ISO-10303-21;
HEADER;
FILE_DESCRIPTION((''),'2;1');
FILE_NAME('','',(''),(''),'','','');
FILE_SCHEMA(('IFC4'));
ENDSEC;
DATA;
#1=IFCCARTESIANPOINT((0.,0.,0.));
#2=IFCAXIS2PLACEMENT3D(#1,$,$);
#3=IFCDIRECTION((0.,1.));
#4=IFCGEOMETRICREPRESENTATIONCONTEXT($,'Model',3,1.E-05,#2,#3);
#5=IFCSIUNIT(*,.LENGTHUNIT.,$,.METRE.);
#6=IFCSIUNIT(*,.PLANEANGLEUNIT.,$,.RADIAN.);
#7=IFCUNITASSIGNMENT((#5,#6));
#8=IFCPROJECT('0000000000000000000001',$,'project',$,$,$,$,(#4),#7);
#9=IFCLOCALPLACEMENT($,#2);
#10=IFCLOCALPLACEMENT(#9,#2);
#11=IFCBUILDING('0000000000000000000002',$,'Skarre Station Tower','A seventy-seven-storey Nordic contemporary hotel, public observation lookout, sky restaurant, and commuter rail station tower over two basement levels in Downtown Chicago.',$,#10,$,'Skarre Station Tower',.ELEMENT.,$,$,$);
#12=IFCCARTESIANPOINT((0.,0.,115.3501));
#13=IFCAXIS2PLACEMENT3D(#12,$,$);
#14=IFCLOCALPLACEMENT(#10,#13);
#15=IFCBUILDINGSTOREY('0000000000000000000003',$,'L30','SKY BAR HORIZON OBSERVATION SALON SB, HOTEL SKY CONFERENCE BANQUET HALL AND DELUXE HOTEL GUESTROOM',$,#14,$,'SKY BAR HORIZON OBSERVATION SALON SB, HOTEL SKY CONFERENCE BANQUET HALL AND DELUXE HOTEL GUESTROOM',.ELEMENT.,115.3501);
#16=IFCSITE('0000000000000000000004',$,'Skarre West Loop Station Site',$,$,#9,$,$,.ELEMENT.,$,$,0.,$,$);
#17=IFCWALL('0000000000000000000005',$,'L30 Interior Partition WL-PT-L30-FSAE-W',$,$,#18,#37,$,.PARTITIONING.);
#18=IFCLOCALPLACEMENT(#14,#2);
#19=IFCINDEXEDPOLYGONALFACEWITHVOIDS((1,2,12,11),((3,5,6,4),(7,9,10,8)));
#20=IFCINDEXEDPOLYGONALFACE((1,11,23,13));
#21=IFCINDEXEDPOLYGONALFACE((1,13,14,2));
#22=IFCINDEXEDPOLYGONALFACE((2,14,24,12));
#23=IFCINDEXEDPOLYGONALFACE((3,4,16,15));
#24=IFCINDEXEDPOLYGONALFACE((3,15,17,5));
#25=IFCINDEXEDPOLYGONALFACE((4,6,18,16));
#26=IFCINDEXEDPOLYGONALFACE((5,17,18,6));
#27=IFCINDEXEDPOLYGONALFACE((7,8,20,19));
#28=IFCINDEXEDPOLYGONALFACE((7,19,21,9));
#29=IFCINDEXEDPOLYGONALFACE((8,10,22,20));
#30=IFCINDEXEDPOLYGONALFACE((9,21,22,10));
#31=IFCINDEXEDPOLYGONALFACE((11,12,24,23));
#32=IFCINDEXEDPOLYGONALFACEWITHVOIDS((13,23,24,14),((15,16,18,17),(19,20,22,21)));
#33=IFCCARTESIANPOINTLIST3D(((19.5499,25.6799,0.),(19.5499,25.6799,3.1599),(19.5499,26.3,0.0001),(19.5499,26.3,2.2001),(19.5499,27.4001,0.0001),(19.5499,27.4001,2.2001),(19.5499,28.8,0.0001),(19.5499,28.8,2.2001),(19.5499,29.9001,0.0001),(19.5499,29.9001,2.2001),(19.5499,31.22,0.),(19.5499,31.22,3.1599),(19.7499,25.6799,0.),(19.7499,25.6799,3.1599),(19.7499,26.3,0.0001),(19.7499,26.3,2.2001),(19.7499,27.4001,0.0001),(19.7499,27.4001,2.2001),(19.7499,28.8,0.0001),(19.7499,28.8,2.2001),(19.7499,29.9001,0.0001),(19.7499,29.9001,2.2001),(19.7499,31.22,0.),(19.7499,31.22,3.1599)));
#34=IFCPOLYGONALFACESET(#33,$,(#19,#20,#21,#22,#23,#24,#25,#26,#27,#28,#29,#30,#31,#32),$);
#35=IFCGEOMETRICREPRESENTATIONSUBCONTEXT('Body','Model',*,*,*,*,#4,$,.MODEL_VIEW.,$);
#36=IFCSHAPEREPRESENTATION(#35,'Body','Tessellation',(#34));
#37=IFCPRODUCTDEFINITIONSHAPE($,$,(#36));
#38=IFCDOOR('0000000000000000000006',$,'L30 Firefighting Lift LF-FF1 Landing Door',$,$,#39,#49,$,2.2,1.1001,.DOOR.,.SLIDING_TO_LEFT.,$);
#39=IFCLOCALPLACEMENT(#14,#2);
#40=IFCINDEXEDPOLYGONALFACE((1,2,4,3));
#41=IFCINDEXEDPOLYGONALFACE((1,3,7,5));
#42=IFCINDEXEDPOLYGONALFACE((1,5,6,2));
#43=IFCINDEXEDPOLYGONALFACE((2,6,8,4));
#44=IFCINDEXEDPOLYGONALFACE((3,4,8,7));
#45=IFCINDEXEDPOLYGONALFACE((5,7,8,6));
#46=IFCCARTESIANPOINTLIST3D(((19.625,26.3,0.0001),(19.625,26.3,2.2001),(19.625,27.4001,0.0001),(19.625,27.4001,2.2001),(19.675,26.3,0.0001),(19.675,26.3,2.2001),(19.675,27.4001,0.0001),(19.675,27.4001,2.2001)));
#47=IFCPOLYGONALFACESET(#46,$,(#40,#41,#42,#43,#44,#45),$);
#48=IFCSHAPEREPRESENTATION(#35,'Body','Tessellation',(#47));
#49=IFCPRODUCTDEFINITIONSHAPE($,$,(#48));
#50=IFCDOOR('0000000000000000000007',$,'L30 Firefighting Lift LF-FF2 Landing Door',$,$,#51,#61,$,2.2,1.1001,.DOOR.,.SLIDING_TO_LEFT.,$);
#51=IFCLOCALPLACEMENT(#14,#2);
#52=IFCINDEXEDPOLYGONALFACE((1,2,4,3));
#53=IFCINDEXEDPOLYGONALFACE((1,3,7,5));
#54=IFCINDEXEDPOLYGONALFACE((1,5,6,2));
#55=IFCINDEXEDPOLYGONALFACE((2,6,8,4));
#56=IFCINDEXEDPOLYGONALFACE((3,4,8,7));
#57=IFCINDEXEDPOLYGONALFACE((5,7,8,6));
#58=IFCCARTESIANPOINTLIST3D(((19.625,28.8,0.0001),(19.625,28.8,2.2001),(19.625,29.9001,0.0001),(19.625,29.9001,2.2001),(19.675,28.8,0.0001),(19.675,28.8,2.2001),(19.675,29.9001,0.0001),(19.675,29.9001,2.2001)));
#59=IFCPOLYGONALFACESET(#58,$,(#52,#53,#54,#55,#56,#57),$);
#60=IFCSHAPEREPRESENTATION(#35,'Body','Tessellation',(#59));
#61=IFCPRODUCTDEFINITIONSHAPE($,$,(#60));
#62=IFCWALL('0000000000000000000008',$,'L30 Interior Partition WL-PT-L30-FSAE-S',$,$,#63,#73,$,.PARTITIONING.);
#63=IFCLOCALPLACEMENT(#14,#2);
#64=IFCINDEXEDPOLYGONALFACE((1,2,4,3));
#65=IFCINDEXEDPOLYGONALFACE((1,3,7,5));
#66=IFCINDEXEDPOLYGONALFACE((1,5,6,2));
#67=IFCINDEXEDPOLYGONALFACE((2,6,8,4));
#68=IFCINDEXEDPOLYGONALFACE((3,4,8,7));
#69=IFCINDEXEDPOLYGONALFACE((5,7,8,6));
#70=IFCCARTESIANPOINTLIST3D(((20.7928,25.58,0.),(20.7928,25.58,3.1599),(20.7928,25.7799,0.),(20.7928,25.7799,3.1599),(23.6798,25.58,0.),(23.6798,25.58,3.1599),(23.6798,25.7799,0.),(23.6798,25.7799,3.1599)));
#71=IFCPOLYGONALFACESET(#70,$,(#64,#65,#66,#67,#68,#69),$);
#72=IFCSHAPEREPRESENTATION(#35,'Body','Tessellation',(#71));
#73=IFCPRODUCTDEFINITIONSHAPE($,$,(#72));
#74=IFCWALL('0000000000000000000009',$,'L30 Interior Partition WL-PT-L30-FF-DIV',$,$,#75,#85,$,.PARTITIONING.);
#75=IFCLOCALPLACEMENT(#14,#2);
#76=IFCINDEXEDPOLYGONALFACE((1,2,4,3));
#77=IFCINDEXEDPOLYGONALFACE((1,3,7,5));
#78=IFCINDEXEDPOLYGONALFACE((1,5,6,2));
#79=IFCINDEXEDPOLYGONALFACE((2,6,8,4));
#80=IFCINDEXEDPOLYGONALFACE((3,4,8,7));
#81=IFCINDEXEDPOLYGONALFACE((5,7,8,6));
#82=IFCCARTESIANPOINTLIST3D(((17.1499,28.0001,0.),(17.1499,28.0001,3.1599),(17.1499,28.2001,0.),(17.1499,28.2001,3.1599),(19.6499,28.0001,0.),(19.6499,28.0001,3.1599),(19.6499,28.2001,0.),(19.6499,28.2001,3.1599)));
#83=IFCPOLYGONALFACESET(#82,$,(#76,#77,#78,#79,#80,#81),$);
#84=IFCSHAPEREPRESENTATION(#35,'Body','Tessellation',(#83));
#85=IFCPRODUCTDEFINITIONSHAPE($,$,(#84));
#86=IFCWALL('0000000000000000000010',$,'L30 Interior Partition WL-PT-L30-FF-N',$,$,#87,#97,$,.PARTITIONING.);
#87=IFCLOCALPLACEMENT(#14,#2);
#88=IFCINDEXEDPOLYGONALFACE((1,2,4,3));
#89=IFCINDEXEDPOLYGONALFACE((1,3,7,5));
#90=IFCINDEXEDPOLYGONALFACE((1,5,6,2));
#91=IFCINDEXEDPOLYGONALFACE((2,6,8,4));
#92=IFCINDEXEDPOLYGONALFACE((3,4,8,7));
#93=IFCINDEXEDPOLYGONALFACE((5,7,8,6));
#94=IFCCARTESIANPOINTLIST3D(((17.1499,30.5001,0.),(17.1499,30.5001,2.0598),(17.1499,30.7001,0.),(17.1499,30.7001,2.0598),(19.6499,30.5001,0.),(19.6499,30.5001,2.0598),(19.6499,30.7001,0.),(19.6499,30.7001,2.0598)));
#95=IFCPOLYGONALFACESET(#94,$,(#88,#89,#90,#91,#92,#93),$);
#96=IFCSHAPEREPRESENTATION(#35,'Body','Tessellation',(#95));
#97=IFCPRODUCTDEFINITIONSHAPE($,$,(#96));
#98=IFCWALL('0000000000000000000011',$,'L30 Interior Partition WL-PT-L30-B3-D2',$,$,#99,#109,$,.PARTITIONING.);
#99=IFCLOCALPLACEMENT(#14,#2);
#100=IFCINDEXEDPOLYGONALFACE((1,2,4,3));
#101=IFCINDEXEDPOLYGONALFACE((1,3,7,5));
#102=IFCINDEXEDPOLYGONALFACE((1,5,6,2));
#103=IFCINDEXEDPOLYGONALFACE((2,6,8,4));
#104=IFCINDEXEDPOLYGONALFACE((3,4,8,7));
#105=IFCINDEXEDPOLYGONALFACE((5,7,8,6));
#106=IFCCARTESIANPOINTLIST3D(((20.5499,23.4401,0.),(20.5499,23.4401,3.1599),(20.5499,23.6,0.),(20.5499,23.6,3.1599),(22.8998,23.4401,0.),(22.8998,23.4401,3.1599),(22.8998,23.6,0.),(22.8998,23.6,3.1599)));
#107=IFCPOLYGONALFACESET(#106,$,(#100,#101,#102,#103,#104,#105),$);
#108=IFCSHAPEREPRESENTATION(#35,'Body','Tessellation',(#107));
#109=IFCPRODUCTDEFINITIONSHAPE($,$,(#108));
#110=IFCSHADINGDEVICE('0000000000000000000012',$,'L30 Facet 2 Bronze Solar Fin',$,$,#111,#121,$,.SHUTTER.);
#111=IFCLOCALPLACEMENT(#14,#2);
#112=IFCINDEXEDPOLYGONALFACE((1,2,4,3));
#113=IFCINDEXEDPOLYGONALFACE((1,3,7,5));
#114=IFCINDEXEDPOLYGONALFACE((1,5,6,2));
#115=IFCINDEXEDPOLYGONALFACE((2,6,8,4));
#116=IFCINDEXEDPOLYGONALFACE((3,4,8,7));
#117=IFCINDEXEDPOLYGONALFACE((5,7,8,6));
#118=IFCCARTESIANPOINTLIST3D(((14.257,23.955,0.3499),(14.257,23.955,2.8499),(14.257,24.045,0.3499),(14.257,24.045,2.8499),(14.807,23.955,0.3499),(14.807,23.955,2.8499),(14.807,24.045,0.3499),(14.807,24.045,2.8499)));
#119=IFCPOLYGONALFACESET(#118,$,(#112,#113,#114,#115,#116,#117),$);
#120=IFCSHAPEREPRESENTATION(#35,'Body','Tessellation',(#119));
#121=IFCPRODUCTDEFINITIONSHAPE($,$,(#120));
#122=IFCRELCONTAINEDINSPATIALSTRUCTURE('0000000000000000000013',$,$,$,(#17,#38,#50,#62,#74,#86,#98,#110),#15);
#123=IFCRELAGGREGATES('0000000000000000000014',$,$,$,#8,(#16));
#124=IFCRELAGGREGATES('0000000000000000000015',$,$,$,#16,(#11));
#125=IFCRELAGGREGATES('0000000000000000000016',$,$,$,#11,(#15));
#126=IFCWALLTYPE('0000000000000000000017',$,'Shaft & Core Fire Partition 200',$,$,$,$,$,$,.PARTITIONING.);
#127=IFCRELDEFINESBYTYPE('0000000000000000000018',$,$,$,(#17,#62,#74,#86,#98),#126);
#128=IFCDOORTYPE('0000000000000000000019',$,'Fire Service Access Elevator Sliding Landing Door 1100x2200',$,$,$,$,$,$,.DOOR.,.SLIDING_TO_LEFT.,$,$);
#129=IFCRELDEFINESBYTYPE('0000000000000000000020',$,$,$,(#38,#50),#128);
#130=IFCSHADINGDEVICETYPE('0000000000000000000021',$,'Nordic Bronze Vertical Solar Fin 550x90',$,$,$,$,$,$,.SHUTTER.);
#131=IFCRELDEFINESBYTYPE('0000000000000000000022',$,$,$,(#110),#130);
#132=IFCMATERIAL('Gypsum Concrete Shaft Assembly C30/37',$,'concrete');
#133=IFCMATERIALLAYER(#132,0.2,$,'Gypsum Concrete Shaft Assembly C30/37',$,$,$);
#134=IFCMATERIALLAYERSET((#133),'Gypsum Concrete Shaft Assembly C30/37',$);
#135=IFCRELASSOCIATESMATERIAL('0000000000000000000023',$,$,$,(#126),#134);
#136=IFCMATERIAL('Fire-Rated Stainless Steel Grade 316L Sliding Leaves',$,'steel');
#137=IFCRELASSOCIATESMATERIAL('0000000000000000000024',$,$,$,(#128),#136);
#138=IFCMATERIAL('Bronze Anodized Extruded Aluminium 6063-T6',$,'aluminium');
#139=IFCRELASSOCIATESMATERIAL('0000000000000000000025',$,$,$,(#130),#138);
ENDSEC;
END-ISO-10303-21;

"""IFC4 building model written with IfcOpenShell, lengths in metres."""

from ifc_helpers import new_model, si_unit, direction, frame, frame_2d, origin, origin_2d, place, context, subcontext, project, spatial, rectangle, extrude, material, layer, layer_set, type_object, element, fill, save


model = new_model("IFC4")

# Units and contexts
model_context = context("Model", 3, precision=1e-05, world=origin(), true_north=direction((0.0, 1.0)))
body_context = subcontext(model_context, "Body", "Model", "MODEL_VIEW")
ifc_project = project(units=[si_unit("LENGTHUNIT", "METRE"), si_unit("PLANEANGLEUNIT", "RADIAN")], contexts=[model_context])

# Site, building, storey
site_placement = place(None, origin())
site = spatial("IfcSite", under=ifc_project, at=site_placement, Name="Skarre West Loop Station Site", CompositionType="ELEMENT", RefElevation=0.0)
building_placement = place(site_placement, origin())
building = spatial("IfcBuilding", under=site, at=building_placement, Name="Skarre Station Tower", Description="A seventy-seven-storey Nordic contemporary hotel, public observation lookout, sky restaurant, and commuter rail station tower over two basement levels in Downtown Chicago.", LongName="Skarre Station Tower", CompositionType="ELEMENT")
storey_placement = place(building_placement, frame((0.0, 0.0, 115.3501)))
storey = spatial("IfcBuildingStorey", under=building, at=storey_placement, Name="L30", Description="SKY BAR HORIZON OBSERVATION SALON SB, HOTEL SKY CONFERENCE BANQUET HALL AND DELUXE HOTEL GUESTROOM", LongName="SKY BAR HORIZON OBSERVATION SALON SB, HOTEL SKY CONFERENCE BANQUET HALL AND DELUXE HOTEL GUESTROOM", CompositionType="ELEMENT", Elevation=115.3501)

# Wall, openings, doors
ifc_material_1 = material(Name="Gypsum Concrete Shaft Assembly C30/37", Category="concrete")
ifc_layer_1 = layer(ifc_material_1, 0.2, Name="Gypsum Concrete Shaft Assembly C30/37")
ifc_layer_set_1 = layer_set([ifc_layer_1], Name="Gypsum Concrete Shaft Assembly C30/37")
wall_type_1 = type_object("IfcWallType", Name="Shaft & Core Fire Partition 200", PredefinedType="PARTITIONING", material=ifc_layer_set_1)
wall_1_placement = place(storey_placement, frame((19.6499, 25.6799, 0.0), z_axis=(0.0, 0.0, 1.0), x_axis=(0.0, 1.0, 0.0)))
wall_1 = element("IfcWall", 1, at=wall_1_placement, inside=storey, type_object=wall_type_1, Name="L30 Interior Partition WL-PT-L30-FSAE-W", PredefinedType="PARTITIONING", context=body_context, shape_type="SweptSolid", body=[
    extrude(rectangle(XDim=5.54, YDim=0.2, at=frame_2d((2.77, 0.0))), origin(), (0.0, 0.0, 1.0), 3.1599),
])
opening_1_placement = place(wall_1_placement, frame((0.6201, 0.0, 0.0)))
opening_1 = element("IfcOpeningElement", 2, at=opening_1_placement, cuts=wall_1, PredefinedType="OPENING", context=body_context, shape_type="SweptSolid", body=[
    extrude(rectangle(XDim=1.1001, YDim=2.2, at=frame_2d((0.55, 1.1001))), frame((0.0, 0.1099, 0.0), z_axis=(0.0, -1.0, 0.0), x_axis=(1.0, 0.0, 0.0)), (0.0, 0.0, 1.0), 0.22),
])
opening_2_placement = place(wall_1_placement, frame((3.1201, 0.0, 0.0)))
opening_2 = element("IfcOpeningElement", 3, at=opening_2_placement, cuts=wall_1, PredefinedType="OPENING", context=body_context, shape_type="SweptSolid", body=[
    extrude(rectangle(XDim=1.1001, YDim=2.2, at=frame_2d((0.55, 1.1001))), frame((0.0, 0.1099, 0.0), z_axis=(0.0, -1.0, 0.0), x_axis=(1.0, 0.0, 0.0)), (0.0, 0.0, 1.0), 0.22),
])
ifc_material_2 = material(Name="Fire-Rated Stainless Steel Grade 316L Sliding Leaves", Category="steel")
door_type = type_object("IfcDoorType", Name="Fire Service Access Elevator Sliding Landing Door 1100x2200", OperationType="SLIDING_TO_LEFT", PredefinedType="DOOR", material=ifc_material_2)
door_1_placement = place(opening_1_placement, origin())
door_1 = element("IfcDoor", 4, at=door_1_placement, inside=storey, type_object=door_type, Name="L30 Firefighting Lift LF-FF1 Landing Door", OperationType="SLIDING_TO_LEFT", OverallHeight=2.2, OverallWidth=1.1001, PredefinedType="DOOR", context=body_context, shape_type="SweptSolid", body=[
    extrude(rectangle(XDim=1.1001, YDim=2.2, at=frame_2d((0.55, 1.1001))), frame((0.0, 0.0249, 0.0), z_axis=(0.0, -1.0, 0.0), x_axis=(1.0, 0.0, 0.0)), (0.0, 0.0, 1.0), 0.05),
])
fill(opening_1, door_1)
door_2_placement = place(opening_2_placement, origin())
door_2 = element("IfcDoor", 5, at=door_2_placement, inside=storey, type_object=door_type, Name="L30 Firefighting Lift LF-FF2 Landing Door", OperationType="SLIDING_TO_LEFT", OverallHeight=2.2, OverallWidth=1.1001, PredefinedType="DOOR", context=body_context, shape_type="SweptSolid", body=[
    extrude(rectangle(XDim=1.1001, YDim=2.2, at=frame_2d((0.55, 1.1001))), frame((0.0, 0.0249, 0.0), z_axis=(0.0, -1.0, 0.0), x_axis=(1.0, 0.0, 0.0)), (0.0, 0.0, 1.0), 0.05),
])
fill(opening_2, door_2)

# Walls
wall_2_placement = place(storey_placement, frame((20.793, 25.6799, 0.0), z_axis=(0.0, 0.0, 1.0), x_axis=(1.0, 0.0, 0.0)))
element("IfcWall", 6, at=wall_2_placement, inside=storey, type_object=wall_type_1, Name="L30 Interior Partition WL-PT-L30-FSAE-S", PredefinedType="PARTITIONING", context=body_context, shape_type="SweptSolid", body=[
    extrude(rectangle(XDim=2.887, YDim=0.2, at=frame_2d((1.4434, 0.0))), origin(), (0.0, 0.0, 1.0), 3.1599),
])
wall_3_placement = place(storey_placement, frame((17.1499, 28.1001, 0.0), z_axis=(0.0, 0.0, 1.0), x_axis=(1.0, 0.0, 0.0)))
element("IfcWall", 7, at=wall_3_placement, inside=storey, type_object=wall_type_1, Name="L30 Interior Partition WL-PT-L30-FF-DIV", PredefinedType="PARTITIONING", context=body_context, shape_type="SweptSolid", body=[
    extrude(rectangle(XDim=2.5, YDim=0.2, at=frame_2d((1.25, 0.0))), origin(), (0.0, 0.0, 1.0), 3.1599),
])
wall_4_placement = place(storey_placement, frame((19.6499, 30.6001, 0.0), z_axis=(0.0, 0.0, 1.0), x_axis=(-1.0, 0.0, 0.0)))
element("IfcWall", 8, at=wall_4_placement, inside=storey, type_object=wall_type_1, Name="L30 Interior Partition WL-PT-L30-FF-N", PredefinedType="PARTITIONING", context=body_context, shape_type="SweptSolid", body=[
    extrude(rectangle(XDim=2.5, YDim=0.2, at=frame_2d((1.25, 0.0))), origin(), (0.0, 0.0, 1.0), 2.0598),
])
wall_5_placement = place(storey_placement, frame((20.55, 23.52, 0.0), z_axis=(0.0, 0.0, 1.0), x_axis=(1.0, 0.0, 0.0)))
element("IfcWall", 9, at=wall_5_placement, inside=storey, type_object=wall_type_1, Name="L30 Interior Partition WL-PT-L30-B3-D2", PredefinedType="PARTITIONING", context=body_context, shape_type="SweptSolid", body=[
    extrude(rectangle(XDim=2.3499, YDim=0.1599, at=frame_2d((1.1748, 0.0))), origin(), (0.0, 0.0, 1.0), 3.1599),
])

# Shading device
ifc_material_3 = material(Name="Bronze Anodized Extruded Aluminium 6063-T6", Category="aluminium")
shading_device_type = type_object("IfcShadingDeviceType", Name="Nordic Bronze Vertical Solar Fin 550x90", PredefinedType="SHUTTER", material=ifc_material_3)
shading_device_placement = place(storey_placement, frame((14.532, 24.0, 0.3499), z_axis=(0.0, 0.0, 1.0), x_axis=(-1.0, 0.0, 0.0)))
element("IfcShadingDevice", 10, at=shading_device_placement, inside=storey, type_object=shading_device_type, Name="L30 Facet 2 Bronze Solar Fin", PredefinedType="SHUTTER", context=body_context, shape_type="SweptSolid", body=[
    extrude(rectangle(XDim=0.55, YDim=0.0901, at=origin_2d()), origin(), (0.0, 0.0, 1.0), 2.5),
])

save(model, "model.ifc")
